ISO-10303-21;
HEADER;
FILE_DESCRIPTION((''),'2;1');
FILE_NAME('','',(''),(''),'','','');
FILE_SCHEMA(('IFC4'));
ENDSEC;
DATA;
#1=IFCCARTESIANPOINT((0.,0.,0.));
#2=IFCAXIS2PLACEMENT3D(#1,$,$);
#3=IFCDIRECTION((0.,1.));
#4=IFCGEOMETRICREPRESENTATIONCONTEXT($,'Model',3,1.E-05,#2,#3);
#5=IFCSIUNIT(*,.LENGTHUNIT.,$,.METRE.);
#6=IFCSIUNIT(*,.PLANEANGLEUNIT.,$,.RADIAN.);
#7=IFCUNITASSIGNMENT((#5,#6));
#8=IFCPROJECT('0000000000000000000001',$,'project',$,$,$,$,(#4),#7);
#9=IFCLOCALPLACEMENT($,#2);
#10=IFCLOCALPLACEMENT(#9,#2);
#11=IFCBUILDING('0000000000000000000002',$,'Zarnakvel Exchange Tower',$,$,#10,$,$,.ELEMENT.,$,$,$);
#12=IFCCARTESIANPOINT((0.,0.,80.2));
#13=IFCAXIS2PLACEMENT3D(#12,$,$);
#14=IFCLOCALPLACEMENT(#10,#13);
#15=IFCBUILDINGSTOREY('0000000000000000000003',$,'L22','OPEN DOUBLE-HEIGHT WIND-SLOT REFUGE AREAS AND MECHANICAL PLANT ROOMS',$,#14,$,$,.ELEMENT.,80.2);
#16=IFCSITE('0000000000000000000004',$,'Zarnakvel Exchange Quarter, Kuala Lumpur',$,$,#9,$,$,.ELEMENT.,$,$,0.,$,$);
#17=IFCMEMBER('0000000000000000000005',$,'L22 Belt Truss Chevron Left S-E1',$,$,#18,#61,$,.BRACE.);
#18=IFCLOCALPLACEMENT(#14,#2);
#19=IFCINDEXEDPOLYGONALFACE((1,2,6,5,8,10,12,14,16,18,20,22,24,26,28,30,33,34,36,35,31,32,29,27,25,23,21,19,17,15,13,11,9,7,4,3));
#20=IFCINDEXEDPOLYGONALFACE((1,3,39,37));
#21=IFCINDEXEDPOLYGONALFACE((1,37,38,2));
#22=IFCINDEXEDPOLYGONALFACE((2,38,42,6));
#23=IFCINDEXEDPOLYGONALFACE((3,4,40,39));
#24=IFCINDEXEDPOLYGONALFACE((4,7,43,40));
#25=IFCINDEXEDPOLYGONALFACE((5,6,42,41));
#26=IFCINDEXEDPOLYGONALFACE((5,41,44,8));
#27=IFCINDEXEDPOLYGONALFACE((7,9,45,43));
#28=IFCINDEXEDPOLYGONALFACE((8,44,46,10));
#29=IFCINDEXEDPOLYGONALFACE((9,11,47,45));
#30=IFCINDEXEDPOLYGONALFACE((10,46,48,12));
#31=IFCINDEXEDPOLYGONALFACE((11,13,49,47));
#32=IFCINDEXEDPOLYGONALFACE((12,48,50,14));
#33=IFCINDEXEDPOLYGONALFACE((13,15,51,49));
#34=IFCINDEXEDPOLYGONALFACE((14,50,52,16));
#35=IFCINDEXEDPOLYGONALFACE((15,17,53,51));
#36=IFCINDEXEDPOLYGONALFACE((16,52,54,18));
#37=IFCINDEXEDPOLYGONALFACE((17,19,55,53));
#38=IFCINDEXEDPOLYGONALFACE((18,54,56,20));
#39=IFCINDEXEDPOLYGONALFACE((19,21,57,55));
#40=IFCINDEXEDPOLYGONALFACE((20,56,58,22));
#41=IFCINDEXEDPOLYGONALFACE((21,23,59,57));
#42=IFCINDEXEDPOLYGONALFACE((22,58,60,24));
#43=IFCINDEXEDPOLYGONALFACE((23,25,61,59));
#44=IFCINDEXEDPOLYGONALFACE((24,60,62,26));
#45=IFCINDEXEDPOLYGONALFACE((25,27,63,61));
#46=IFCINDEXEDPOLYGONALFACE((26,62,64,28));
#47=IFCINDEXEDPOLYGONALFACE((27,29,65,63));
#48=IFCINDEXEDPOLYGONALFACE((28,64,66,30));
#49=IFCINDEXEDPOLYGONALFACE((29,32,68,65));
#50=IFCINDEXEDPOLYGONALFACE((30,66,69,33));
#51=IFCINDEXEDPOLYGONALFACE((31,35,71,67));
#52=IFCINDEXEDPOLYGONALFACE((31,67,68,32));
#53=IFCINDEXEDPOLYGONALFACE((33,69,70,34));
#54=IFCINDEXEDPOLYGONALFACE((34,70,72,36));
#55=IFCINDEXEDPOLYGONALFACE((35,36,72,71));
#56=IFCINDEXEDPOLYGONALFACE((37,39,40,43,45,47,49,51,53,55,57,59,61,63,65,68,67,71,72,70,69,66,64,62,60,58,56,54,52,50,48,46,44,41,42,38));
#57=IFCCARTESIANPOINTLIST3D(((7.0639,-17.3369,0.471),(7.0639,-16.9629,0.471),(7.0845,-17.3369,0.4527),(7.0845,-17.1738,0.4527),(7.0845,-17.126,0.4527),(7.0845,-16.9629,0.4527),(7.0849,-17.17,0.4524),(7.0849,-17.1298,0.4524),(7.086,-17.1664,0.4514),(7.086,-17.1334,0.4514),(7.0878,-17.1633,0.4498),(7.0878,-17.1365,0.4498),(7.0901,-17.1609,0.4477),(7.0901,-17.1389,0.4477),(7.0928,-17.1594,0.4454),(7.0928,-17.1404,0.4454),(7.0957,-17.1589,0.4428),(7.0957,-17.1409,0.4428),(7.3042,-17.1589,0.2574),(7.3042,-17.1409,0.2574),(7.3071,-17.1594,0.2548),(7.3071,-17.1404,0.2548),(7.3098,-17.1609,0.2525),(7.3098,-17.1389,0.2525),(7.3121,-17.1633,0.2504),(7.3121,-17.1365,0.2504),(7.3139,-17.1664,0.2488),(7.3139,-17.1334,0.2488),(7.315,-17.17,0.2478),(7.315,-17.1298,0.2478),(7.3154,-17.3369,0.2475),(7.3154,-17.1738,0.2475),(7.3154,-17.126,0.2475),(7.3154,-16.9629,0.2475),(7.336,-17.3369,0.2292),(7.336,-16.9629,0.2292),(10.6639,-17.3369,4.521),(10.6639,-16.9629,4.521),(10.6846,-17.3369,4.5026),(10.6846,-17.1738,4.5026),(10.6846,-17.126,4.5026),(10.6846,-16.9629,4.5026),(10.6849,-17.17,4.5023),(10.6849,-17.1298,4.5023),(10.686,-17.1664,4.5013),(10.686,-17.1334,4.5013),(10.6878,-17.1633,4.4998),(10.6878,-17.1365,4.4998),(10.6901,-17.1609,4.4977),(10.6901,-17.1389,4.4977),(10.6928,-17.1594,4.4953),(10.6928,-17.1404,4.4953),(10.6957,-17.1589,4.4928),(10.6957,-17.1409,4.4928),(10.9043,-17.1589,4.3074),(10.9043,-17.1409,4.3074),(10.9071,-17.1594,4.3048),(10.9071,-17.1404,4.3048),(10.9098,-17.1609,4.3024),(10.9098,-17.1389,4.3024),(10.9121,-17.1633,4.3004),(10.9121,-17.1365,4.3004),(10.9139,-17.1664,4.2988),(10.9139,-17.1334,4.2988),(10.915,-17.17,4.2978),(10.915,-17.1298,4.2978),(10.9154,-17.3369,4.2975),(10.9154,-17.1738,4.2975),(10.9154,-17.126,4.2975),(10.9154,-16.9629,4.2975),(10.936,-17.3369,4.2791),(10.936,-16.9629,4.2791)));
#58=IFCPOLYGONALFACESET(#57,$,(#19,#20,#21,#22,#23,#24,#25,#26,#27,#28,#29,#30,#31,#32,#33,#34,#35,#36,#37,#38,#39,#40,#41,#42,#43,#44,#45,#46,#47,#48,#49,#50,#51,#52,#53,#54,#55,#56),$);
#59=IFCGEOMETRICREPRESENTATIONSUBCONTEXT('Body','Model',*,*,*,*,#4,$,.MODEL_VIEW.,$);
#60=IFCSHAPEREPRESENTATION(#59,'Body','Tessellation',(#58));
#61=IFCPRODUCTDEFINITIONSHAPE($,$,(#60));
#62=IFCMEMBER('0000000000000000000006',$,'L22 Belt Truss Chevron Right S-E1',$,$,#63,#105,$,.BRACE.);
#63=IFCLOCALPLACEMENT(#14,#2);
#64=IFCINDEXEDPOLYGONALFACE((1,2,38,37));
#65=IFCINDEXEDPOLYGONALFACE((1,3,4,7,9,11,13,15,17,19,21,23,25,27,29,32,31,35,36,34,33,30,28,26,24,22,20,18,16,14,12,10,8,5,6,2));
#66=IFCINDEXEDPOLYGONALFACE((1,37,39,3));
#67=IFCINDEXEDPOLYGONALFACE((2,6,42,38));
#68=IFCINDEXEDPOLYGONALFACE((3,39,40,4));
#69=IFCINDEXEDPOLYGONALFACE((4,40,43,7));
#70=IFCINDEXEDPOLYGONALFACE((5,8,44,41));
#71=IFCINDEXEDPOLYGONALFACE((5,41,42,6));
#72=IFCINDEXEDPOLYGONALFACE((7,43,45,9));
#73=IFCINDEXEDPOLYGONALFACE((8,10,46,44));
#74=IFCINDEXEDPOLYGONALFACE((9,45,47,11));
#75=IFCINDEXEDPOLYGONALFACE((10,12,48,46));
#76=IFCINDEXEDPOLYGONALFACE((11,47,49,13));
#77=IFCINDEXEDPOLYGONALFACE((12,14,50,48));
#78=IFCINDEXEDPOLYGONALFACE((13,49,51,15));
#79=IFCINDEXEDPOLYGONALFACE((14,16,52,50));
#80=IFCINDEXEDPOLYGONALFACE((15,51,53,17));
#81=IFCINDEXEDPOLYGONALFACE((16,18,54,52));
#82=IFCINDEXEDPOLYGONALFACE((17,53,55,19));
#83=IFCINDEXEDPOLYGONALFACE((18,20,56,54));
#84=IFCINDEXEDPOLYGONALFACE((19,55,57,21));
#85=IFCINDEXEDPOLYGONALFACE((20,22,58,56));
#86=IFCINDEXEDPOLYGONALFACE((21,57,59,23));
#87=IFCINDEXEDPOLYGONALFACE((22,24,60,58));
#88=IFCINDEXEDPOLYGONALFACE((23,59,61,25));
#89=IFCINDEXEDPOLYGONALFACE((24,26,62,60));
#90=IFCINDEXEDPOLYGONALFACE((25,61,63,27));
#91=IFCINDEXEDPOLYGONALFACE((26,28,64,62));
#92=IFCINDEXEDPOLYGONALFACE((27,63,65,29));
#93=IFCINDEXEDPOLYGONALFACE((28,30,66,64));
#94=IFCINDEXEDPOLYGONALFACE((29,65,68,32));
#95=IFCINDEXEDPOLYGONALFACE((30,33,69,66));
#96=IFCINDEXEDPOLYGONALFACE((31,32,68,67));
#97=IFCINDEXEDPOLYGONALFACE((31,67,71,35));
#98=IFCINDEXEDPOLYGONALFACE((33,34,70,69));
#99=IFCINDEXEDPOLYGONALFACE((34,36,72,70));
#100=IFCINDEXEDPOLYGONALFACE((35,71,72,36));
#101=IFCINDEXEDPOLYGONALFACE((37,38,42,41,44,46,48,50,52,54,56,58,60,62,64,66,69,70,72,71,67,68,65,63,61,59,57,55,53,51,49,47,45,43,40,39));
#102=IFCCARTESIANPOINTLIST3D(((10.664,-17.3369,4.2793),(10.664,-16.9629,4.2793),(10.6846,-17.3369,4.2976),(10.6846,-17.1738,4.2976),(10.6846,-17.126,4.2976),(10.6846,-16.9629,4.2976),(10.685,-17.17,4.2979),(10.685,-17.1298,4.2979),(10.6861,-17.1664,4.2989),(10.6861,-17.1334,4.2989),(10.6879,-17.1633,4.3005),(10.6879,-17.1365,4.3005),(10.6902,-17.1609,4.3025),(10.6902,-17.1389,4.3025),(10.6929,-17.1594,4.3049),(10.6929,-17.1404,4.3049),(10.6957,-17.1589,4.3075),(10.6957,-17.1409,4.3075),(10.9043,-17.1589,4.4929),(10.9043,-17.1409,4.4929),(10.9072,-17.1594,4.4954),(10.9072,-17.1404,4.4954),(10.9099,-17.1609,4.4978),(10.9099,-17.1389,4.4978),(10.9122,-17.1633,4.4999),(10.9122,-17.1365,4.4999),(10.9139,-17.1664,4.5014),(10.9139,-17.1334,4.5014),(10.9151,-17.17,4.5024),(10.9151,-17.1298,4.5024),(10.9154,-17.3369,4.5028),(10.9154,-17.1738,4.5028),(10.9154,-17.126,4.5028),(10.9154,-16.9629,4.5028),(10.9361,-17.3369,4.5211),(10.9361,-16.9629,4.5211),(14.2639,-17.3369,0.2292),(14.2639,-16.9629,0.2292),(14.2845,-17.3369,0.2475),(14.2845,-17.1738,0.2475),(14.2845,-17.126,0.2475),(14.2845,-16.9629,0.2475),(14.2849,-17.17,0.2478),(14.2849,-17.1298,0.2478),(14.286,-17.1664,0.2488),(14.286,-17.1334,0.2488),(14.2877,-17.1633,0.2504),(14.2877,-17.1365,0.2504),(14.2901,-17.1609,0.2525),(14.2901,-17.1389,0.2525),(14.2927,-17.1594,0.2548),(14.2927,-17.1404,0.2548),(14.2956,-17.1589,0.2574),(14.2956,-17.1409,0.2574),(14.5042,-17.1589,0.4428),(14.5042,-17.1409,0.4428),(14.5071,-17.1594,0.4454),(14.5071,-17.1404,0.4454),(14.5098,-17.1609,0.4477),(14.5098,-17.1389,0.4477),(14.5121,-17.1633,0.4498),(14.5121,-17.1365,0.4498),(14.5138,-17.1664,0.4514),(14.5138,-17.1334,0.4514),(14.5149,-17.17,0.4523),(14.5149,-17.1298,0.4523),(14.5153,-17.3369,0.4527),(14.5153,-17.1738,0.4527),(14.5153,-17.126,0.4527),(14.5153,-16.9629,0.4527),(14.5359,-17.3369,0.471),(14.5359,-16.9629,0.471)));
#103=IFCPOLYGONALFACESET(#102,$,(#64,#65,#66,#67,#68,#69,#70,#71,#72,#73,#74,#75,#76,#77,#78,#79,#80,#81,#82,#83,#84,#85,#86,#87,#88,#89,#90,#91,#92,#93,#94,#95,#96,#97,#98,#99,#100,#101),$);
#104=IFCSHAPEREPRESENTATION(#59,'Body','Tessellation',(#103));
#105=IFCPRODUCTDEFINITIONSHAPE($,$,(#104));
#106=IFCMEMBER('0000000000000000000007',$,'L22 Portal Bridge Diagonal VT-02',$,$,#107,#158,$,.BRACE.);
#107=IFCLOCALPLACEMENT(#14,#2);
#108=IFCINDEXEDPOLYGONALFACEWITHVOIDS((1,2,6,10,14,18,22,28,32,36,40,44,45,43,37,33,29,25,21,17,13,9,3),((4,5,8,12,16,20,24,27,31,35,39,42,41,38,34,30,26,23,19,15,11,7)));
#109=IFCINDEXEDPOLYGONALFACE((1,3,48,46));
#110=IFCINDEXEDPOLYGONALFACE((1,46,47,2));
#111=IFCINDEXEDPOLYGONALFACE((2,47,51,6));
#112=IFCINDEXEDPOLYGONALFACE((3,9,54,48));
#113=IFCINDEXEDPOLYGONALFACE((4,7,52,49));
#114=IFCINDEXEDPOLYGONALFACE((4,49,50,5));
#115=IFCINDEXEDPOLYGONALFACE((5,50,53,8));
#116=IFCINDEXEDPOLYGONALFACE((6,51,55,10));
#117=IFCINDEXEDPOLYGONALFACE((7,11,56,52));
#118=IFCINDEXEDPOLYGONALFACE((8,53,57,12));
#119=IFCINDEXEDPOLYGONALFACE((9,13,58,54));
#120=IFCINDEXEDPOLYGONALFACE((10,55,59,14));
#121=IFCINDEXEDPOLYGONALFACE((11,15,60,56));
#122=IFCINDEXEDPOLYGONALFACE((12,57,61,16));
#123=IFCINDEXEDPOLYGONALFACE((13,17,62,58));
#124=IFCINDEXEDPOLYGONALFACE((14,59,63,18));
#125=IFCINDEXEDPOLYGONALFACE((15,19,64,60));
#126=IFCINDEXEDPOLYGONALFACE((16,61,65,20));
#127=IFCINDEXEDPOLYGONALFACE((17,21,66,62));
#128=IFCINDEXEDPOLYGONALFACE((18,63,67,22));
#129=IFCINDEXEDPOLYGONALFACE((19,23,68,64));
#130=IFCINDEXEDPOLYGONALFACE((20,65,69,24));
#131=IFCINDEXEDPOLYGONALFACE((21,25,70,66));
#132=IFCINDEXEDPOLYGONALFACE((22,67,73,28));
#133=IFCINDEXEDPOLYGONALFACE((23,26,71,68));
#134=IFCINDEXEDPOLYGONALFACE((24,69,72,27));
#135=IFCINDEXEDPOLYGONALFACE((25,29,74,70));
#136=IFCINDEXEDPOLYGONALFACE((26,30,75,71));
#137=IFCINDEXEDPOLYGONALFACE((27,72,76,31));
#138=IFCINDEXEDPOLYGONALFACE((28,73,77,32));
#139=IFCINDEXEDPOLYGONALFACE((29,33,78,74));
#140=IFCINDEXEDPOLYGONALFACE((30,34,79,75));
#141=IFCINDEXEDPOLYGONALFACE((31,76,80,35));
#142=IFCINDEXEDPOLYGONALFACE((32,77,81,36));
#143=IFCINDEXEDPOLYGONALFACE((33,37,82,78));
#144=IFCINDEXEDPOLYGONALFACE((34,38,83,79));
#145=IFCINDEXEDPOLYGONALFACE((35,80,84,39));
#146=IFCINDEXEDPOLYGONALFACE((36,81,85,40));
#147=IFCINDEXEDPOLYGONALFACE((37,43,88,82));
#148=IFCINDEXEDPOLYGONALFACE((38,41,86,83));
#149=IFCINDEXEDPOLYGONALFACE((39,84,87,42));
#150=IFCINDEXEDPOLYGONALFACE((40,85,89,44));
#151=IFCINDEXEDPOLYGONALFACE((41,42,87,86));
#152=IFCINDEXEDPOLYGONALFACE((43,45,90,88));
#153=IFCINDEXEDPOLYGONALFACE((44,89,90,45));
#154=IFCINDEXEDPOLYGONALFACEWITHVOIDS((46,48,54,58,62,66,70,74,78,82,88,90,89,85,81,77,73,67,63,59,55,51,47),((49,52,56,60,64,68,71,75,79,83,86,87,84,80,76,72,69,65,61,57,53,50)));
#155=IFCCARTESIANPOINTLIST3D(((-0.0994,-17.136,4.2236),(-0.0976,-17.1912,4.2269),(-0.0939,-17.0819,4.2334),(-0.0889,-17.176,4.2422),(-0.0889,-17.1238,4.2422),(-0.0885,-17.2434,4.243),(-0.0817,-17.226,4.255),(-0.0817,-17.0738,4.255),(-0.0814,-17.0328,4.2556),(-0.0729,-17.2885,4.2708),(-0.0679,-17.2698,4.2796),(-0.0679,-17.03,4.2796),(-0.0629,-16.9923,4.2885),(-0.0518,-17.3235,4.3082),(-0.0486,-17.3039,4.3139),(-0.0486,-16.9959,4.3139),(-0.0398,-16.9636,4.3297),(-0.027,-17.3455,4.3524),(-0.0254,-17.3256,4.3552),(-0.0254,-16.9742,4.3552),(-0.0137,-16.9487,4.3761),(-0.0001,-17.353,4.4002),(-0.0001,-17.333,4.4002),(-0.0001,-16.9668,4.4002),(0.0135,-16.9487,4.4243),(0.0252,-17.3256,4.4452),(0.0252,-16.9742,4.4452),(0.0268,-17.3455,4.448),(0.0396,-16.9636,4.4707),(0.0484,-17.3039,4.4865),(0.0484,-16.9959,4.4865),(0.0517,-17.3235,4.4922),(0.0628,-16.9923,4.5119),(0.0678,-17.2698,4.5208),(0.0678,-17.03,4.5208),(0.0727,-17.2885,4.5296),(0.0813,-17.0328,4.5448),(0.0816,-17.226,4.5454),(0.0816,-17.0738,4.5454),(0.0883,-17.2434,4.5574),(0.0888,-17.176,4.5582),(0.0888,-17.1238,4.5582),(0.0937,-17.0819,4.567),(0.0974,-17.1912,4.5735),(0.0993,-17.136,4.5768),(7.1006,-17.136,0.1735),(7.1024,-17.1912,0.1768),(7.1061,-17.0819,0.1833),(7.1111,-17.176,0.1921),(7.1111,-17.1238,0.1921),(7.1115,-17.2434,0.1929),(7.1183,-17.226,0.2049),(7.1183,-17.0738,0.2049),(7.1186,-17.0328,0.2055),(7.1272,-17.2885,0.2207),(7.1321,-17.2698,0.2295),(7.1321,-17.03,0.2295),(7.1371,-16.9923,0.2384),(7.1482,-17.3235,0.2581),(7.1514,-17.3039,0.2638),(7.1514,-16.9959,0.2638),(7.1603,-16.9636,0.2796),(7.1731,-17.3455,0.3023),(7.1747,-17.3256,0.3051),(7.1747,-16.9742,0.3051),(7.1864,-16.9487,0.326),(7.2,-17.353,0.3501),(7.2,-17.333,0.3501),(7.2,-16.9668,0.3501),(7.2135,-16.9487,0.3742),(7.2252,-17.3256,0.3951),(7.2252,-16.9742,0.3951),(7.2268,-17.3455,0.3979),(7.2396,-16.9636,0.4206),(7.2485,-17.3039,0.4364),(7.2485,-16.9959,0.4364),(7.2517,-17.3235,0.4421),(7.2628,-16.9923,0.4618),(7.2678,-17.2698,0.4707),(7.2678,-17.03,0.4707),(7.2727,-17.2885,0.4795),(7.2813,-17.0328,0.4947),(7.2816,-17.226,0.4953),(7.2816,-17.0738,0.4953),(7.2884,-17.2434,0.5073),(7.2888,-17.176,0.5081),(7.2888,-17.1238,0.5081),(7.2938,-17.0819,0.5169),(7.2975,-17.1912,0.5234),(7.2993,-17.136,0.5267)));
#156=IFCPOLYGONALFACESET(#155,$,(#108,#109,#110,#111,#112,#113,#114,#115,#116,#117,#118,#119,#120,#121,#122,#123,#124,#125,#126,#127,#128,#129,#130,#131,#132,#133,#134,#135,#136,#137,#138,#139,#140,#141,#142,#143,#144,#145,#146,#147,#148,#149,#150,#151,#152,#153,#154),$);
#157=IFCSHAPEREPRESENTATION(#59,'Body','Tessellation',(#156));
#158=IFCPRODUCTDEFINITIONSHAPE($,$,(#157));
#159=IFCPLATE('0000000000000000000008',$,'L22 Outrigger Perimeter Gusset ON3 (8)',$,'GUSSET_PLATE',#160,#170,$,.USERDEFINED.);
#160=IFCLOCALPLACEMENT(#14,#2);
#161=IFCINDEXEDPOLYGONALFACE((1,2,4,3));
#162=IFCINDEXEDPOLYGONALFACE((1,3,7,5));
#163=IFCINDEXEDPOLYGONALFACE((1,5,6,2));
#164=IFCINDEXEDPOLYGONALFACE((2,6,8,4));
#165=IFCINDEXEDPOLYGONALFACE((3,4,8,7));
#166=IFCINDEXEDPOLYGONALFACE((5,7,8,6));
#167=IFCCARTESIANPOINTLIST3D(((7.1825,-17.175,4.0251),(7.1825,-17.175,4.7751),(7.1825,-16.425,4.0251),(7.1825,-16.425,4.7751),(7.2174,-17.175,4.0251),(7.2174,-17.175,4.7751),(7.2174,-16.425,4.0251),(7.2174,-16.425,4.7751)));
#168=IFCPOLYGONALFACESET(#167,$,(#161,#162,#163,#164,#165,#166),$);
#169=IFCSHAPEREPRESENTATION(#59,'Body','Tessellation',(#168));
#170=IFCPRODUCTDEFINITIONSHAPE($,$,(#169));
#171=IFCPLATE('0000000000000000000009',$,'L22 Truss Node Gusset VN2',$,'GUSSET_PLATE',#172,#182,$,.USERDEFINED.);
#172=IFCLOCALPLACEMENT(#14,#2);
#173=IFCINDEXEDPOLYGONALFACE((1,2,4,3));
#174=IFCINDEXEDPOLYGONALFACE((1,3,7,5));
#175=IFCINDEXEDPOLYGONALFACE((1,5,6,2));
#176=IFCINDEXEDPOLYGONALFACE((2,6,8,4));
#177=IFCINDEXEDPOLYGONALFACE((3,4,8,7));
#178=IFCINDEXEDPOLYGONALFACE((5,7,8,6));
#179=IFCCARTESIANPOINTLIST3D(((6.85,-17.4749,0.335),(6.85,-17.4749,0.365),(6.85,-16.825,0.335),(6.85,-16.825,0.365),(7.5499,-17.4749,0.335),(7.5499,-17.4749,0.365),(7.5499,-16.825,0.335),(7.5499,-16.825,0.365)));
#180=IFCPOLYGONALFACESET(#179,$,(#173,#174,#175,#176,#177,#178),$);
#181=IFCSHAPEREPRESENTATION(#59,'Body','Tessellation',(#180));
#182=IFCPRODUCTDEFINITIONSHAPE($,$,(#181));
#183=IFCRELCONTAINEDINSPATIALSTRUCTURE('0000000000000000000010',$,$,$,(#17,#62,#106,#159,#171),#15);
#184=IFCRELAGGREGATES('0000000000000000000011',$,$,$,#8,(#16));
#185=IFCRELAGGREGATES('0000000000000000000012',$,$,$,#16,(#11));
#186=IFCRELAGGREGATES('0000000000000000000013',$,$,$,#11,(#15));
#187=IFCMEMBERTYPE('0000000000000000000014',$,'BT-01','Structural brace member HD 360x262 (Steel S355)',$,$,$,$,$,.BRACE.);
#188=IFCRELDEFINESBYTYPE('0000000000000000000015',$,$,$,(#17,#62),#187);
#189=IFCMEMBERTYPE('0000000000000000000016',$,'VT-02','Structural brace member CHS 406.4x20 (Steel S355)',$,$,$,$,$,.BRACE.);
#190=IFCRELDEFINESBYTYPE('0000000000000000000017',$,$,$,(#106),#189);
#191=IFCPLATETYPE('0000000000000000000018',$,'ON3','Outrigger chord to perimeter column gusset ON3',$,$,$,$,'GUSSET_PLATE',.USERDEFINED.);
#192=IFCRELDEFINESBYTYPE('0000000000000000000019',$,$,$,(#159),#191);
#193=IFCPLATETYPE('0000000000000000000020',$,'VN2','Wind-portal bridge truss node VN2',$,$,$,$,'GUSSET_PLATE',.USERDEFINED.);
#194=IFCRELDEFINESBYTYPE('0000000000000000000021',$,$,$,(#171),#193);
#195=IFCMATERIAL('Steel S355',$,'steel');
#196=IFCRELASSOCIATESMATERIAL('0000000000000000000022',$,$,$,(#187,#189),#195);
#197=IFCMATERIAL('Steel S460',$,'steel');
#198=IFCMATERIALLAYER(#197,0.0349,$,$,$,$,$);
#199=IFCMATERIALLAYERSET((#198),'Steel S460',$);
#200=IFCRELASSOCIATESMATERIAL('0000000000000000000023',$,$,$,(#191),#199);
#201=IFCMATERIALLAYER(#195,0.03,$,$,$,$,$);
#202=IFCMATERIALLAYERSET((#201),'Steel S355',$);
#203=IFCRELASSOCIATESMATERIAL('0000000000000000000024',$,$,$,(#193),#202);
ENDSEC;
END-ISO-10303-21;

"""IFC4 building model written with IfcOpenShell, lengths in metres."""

from ifc_helpers import new_model, si_unit, direction, frame, origin, origin_2d, place, context, subcontext, project, spatial, rectangle, hollow_circle, i_section, extrude, source, transform, mapped, material, layer, layer_set, material_profile, profile_set, type_object, element, save


model = new_model("IFC4")

# Units and contexts
model_context = context("Model", 3, precision=1e-05, world=origin(), true_north=direction((0.0, 1.0)))
body_context = subcontext(model_context, "Body", "Model", "MODEL_VIEW")
ifc_project = project(units=[si_unit("LENGTHUNIT", "METRE"), si_unit("PLANEANGLEUNIT", "RADIAN")], contexts=[model_context])

# Site, building, storey
site_placement = place(None, origin())
site = spatial("IfcSite", under=ifc_project, at=site_placement, Name="Zarnakvel Exchange Quarter, Kuala Lumpur", CompositionType="ELEMENT", RefElevation=0.0)
building_placement = place(site_placement, origin())
building = spatial("IfcBuilding", under=site, at=building_placement, Name="Zarnakvel Exchange Tower", CompositionType="ELEMENT")
storey_placement = place(building_placement, frame((0.0, 0.0, 80.2)))
storey = spatial("IfcBuildingStorey", under=building, at=storey_placement, Name="L22", Description="OPEN DOUBLE-HEIGHT WIND-SLOT REFUGE AREAS AND MECHANICAL PLANT ROOMS", CompositionType="ELEMENT", Elevation=80.2)

# Shared definitions
ifc_material_1 = material(Name="Steel S355", Category="steel")
ifc_material_2 = material(Name="Steel S460", Category="steel")

# Members
ifc_material_profile_1 = material_profile(ifc_material_1, i_section(OverallWidth=0.374, OverallDepth=0.364, WebThickness=0.0181, FlangeThickness=0.0276, FilletRadius=0.0149, at=origin_2d()))
ifc_profile_set_1 = profile_set([ifc_material_profile_1], Name="Steel S355")
member_type_1 = type_object("IfcMemberType", Name="BT-01", Description="Structural brace member HD 360x262 (Steel S355)", PredefinedType="BRACE", material=ifc_profile_set_1)
shared_shape_1 = source(origin(), body_context, "Body", "SweptSolid", [
    extrude(i_section(OverallWidth=0.374, OverallDepth=0.364, WebThickness=0.0181, FlangeThickness=0.0276, FilletRadius=0.0149, at=origin_2d()), origin(), (0.0, 0.0, 1.0), 5.4187),
])
for number, where, z_axis, x_axis, name in (
    (1, (7.2, -17.1499, 0.3501), (0.664369, 0.0, 0.747404), (0.0, 1.0, 0.0), "L22 Belt Truss Chevron Left S-E1"),
    (2, (14.3999, -17.1499, 0.3501), (-0.664344, 0.0, 0.747427), (0.0, -1.0, 0.0), "L22 Belt Truss Chevron Right S-E1"),
):
    element("IfcMember", number, at=place(storey_placement, frame(where, z_axis=z_axis, x_axis=x_axis)), inside=storey, type_object=member_type_1, Name=name, PredefinedType="BRACE", context=body_context, shape_type="MappedRepresentation", body=[
        mapped(shared_shape_1, transform((0.0, 0.0, 0.0), x_axis=(1.0, 0.0, 0.0), y_axis=(0.0, 1.0, 0.0), z_axis=(0.0, 0.0, 1.0), scale=1.0)),
    ])
ifc_material_profile_2 = material_profile(ifc_material_1, hollow_circle(Radius=0.2031, WallThickness=0.02, at=origin_2d()))
ifc_profile_set_2 = profile_set([ifc_material_profile_2], Name="Steel S355")
member_type_2 = type_object("IfcMemberType", Name="VT-02", Description="Structural brace member CHS 406.4x20 (Steel S355)", PredefinedType="BRACE", material=ifc_profile_set_2)
shared_shape_2 = source(origin(), body_context, "Body", "SweptSolid", [
    extrude(hollow_circle(Radius=0.2031, WallThickness=0.02, at=origin_2d()), origin(), (0.0, 0.0, 1.0), 8.261),
])
member_placement = place(storey_placement, frame((7.2, -17.1499, 0.3501), z_axis=(-0.871572, 0.0, 0.490268), x_axis=(0.0, -1.0, 0.0)))
element("IfcMember", 3, at=member_placement, inside=storey, type_object=member_type_2, Name="L22 Portal Bridge Diagonal VT-02", PredefinedType="BRACE", context=body_context, shape_type="MappedRepresentation", body=[
    mapped(shared_shape_2, transform((0.0, 0.0, 0.0), x_axis=(1.0, 0.0, 0.0), y_axis=(0.0, 1.0, 0.0), z_axis=(0.0, 0.0, 1.0), scale=1.0)),
])

# Plates
ifc_layer_1 = layer(ifc_material_2, 0.0349)
ifc_layer_set_1 = layer_set([ifc_layer_1], Name="Steel S460")
plate_type_1 = type_object("IfcPlateType", Name="ON3", Description="Outrigger chord to perimeter column gusset ON3", ElementType="GUSSET_PLATE", PredefinedType="USERDEFINED", material=ifc_layer_set_1)
shared_shape_3 = source(origin(), body_context, "Body", "SweptSolid", [
    extrude(rectangle(XDim=0.0349, YDim=0.75, at=origin_2d()), origin(), (0.0, 0.0, 1.0), 0.75),
])
plate_1_placement = place(storey_placement, frame((7.2, -16.8, 4.0251), z_axis=(0.0, 0.0, 1.0), x_axis=(1.0, 0.0, 0.0)))
element("IfcPlate", 4, at=plate_1_placement, inside=storey, type_object=plate_type_1, Name="L22 Outrigger Perimeter Gusset ON3 (8)", ObjectType="GUSSET_PLATE", PredefinedType="USERDEFINED", context=body_context, shape_type="MappedRepresentation", body=[
    mapped(shared_shape_3, transform((0.0, 0.0, 0.0), x_axis=(1.0, 0.0, 0.0), y_axis=(0.0, 1.0, 0.0), z_axis=(0.0, 0.0, 1.0), scale=1.0)),
])
ifc_layer_2 = layer(ifc_material_1, 0.03)
ifc_layer_set_2 = layer_set([ifc_layer_2], Name="Steel S355")
plate_type_2 = type_object("IfcPlateType", Name="VN2", Description="Wind-portal bridge truss node VN2", ElementType="GUSSET_PLATE", PredefinedType="USERDEFINED", material=ifc_layer_set_2)
shared_shape_4 = source(origin(), body_context, "Body", "SweptSolid", [
    extrude(rectangle(XDim=0.7, YDim=0.6499, at=origin_2d()), origin(), (0.0, 0.0, 1.0), 0.03),
])
plate_2_placement = place(storey_placement, frame((7.2, -17.1499, 0.335), z_axis=(0.0, 0.0, 1.0), x_axis=(1.0, 0.0, 0.0)))
element("IfcPlate", 5, at=plate_2_placement, inside=storey, type_object=plate_type_2, Name="L22 Truss Node Gusset VN2", ObjectType="GUSSET_PLATE", PredefinedType="USERDEFINED", context=body_context, shape_type="MappedRepresentation", body=[
    mapped(shared_shape_4, transform((0.0, 0.0, 0.0), x_axis=(1.0, 0.0, 0.0), y_axis=(0.0, 1.0, 0.0), z_axis=(0.0, 0.0, 1.0), scale=1.0)),
])

save(model, "model.ifc")
